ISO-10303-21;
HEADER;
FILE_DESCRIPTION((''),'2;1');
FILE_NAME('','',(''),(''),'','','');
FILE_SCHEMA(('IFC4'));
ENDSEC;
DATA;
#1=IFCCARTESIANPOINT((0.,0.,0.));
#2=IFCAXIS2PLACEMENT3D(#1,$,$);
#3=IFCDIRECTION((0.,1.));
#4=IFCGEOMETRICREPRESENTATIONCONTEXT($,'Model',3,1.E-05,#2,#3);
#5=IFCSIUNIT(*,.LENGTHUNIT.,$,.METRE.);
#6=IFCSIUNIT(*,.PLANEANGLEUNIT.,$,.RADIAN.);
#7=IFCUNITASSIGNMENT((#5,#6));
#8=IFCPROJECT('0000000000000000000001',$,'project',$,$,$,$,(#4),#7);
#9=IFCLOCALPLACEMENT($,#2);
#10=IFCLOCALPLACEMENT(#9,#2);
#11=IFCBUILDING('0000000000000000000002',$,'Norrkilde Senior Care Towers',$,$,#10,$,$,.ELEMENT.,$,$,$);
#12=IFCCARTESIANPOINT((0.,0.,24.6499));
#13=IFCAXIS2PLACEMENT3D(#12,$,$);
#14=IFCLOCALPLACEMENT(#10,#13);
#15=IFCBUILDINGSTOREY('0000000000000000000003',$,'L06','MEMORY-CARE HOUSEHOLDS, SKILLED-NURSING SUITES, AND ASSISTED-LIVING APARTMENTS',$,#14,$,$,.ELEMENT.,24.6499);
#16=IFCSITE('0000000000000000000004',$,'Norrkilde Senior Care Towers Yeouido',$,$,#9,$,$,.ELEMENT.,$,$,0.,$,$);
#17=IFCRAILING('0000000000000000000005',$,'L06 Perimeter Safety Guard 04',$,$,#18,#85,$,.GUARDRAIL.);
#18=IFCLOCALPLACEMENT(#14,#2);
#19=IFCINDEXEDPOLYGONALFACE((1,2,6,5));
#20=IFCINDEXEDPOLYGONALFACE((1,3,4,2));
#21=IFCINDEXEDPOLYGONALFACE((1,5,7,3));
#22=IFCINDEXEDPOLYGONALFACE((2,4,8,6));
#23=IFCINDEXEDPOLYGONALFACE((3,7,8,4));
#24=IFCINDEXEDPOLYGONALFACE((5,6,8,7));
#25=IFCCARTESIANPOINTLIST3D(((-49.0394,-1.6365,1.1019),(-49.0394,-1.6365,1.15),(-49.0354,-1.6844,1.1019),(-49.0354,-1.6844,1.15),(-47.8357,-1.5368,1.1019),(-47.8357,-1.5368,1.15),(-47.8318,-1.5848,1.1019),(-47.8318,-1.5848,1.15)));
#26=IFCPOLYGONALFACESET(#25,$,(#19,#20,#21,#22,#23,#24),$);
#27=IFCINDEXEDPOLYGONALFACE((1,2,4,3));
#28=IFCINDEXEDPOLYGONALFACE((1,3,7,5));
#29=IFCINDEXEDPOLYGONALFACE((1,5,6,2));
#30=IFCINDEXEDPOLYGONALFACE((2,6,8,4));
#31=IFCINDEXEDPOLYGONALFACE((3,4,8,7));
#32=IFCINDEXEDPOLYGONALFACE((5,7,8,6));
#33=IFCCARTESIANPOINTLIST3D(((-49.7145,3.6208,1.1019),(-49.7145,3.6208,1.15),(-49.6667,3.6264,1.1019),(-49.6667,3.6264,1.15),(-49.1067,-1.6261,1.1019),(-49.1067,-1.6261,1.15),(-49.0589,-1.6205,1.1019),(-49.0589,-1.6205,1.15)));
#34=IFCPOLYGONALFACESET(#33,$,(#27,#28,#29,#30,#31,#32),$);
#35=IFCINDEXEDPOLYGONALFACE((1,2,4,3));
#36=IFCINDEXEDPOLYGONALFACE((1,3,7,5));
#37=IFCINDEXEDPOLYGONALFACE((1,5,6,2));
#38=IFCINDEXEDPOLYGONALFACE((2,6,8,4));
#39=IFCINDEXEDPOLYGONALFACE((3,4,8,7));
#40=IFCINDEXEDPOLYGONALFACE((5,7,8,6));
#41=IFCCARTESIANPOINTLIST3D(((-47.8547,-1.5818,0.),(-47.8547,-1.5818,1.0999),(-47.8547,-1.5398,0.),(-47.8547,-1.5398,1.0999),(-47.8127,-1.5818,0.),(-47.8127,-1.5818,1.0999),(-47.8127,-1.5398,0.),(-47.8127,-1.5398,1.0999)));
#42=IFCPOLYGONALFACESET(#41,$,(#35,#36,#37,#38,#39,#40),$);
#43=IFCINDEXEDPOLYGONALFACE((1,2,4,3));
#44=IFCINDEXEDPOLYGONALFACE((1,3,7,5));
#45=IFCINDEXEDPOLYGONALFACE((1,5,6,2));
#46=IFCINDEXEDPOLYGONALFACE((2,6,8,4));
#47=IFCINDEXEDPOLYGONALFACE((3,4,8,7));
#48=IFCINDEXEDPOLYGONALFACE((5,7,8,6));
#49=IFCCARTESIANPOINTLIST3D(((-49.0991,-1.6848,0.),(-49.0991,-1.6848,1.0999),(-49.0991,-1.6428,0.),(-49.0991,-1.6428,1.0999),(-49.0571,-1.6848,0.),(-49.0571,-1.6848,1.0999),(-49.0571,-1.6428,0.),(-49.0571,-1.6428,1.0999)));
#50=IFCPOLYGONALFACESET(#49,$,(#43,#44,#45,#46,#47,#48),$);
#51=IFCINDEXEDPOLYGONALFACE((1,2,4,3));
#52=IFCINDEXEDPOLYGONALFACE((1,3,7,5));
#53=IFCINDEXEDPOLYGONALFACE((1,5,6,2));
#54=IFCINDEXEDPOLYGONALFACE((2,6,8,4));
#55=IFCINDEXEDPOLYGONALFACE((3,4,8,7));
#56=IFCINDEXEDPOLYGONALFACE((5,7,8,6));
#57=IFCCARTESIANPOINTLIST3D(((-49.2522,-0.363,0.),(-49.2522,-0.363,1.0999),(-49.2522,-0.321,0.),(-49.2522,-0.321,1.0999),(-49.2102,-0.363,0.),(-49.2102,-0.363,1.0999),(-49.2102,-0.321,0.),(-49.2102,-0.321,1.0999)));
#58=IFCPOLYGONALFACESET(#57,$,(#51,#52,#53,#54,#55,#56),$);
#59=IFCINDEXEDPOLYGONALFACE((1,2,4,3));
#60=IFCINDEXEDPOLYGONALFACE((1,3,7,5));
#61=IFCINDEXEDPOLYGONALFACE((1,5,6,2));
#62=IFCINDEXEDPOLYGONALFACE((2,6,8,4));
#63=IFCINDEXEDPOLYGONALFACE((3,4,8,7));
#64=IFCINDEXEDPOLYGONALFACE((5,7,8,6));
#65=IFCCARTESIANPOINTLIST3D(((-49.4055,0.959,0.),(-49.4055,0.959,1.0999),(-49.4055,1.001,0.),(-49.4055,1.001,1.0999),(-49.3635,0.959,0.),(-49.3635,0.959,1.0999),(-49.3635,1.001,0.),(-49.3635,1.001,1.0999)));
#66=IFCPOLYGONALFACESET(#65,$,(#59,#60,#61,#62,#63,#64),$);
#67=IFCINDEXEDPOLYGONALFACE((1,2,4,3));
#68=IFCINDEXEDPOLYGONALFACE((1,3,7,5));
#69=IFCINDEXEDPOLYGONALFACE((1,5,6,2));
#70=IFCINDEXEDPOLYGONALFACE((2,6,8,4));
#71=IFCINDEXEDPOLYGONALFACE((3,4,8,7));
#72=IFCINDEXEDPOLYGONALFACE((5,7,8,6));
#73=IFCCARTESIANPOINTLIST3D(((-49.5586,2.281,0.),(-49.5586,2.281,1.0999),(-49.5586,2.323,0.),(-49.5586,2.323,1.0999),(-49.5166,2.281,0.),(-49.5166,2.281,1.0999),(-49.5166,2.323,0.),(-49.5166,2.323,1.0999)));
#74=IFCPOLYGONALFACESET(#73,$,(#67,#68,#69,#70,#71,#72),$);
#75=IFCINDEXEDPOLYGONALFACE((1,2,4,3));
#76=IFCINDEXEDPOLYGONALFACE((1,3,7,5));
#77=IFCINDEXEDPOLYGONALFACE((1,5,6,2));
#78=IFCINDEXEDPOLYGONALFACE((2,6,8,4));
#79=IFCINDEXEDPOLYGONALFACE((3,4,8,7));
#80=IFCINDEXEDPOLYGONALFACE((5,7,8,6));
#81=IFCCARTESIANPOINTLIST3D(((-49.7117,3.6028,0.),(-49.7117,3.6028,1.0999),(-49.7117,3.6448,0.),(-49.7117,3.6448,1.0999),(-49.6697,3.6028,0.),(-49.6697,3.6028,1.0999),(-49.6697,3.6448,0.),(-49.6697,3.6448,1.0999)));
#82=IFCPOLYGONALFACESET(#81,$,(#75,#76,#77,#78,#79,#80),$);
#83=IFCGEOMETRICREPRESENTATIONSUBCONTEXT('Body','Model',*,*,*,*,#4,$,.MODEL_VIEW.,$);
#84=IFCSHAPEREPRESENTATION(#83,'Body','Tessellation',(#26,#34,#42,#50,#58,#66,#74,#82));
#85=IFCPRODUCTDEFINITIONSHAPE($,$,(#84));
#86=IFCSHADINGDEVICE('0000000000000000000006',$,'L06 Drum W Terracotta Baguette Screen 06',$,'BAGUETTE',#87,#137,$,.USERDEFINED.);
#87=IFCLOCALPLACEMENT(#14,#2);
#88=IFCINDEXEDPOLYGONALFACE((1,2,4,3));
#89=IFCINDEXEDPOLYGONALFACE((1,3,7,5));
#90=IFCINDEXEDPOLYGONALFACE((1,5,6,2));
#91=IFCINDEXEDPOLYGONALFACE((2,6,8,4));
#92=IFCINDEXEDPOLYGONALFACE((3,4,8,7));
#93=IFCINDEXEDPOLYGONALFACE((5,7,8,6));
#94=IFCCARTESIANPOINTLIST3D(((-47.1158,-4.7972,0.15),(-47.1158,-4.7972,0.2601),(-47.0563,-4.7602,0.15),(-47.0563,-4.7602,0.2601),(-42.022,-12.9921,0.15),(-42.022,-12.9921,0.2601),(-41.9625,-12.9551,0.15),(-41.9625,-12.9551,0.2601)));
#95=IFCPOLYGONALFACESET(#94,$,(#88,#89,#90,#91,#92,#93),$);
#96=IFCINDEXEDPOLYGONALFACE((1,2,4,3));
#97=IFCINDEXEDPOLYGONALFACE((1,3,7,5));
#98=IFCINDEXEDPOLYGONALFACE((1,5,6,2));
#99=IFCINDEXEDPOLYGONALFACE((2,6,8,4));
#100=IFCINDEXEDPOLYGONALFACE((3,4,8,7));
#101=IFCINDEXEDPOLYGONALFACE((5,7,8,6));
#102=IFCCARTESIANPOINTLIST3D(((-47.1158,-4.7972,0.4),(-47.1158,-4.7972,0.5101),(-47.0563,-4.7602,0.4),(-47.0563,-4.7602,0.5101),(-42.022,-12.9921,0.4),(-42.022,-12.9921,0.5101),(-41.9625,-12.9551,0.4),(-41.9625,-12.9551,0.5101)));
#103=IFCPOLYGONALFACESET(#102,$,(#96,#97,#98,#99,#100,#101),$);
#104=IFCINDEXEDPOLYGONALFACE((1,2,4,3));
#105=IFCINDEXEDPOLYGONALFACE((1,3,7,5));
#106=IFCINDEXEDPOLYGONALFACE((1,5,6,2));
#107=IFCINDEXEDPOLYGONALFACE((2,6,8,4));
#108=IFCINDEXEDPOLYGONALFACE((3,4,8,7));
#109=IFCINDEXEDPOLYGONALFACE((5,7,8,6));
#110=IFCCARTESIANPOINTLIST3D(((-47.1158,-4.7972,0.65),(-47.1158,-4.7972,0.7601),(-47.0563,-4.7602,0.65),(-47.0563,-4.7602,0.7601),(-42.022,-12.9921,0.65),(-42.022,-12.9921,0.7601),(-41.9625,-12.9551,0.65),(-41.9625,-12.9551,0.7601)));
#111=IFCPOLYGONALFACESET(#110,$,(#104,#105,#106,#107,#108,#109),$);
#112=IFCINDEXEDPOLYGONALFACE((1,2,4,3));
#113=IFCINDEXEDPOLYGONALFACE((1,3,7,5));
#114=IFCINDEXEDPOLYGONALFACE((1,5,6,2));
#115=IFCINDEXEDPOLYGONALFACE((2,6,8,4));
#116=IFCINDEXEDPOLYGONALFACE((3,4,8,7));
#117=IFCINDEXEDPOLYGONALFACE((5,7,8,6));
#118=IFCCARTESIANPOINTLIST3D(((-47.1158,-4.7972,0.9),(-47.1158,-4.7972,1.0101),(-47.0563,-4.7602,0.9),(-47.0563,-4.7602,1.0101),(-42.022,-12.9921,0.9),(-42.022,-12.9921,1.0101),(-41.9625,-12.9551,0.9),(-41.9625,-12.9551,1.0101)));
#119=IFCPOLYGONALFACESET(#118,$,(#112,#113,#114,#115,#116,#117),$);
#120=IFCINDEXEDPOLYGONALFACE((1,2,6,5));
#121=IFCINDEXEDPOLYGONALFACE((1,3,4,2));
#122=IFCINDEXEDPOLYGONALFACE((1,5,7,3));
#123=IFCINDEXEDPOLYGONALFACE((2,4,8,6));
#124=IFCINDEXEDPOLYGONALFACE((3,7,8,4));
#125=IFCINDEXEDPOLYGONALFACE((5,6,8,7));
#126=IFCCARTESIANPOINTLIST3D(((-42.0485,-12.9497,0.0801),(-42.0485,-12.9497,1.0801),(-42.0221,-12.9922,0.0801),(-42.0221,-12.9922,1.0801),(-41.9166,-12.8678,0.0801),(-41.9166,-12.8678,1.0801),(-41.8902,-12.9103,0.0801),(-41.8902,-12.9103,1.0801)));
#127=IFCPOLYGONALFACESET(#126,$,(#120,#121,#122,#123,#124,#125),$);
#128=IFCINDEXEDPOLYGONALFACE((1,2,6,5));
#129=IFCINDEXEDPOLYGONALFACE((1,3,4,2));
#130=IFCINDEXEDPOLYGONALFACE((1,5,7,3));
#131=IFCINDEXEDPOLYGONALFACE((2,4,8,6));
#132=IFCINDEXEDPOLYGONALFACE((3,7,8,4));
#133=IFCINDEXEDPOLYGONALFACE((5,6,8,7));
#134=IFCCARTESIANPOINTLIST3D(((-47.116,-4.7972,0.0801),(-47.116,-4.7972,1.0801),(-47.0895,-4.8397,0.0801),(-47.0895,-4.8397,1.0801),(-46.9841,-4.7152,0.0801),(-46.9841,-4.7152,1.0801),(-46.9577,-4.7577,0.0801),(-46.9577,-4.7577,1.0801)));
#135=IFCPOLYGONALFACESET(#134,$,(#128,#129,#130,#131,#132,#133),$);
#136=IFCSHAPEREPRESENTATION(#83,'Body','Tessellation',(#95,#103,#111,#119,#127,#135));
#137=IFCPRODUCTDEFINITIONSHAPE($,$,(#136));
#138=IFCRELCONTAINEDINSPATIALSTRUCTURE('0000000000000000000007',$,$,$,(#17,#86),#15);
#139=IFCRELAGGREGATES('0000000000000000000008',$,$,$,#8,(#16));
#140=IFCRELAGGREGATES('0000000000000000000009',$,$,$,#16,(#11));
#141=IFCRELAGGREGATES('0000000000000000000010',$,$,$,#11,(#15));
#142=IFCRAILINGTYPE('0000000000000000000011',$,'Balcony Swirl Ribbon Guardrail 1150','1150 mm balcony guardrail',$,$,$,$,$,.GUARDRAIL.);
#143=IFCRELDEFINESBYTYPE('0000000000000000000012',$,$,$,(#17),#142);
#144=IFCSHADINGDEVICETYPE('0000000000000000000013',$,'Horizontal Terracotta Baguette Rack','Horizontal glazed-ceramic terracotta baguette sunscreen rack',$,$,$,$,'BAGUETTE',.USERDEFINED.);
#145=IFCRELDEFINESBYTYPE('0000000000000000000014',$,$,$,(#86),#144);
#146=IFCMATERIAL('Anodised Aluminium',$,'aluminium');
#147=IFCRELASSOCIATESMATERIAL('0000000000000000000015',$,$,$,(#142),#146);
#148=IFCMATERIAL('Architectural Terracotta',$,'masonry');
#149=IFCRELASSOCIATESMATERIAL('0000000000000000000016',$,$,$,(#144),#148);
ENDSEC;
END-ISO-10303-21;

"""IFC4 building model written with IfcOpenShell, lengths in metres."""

from ifc_helpers import new_model, si_unit, direction, frame, origin, origin_2d, place, context, subcontext, project, spatial, rectangle, extrude, source, transform, mapped, material, type_object, type_shapes, element, save


model = new_model("IFC4")

# Units and contexts
model_context = context("Model", 3, precision=1e-05, world=origin(), true_north=direction((0.0, 1.0)))
body_context = subcontext(model_context, "Body", "Model", "MODEL_VIEW")
ifc_project = project(units=[si_unit("LENGTHUNIT", "METRE"), si_unit("PLANEANGLEUNIT", "RADIAN")], contexts=[model_context])

# Site, building, storey
site_placement = place(None, origin())
site = spatial("IfcSite", under=ifc_project, at=site_placement, Name="Norrkilde Senior Care Towers Yeouido", CompositionType="ELEMENT", RefElevation=0.0)
building_placement = place(site_placement, origin())
building = spatial("IfcBuilding", under=site, at=building_placement, Name="Norrkilde Senior Care Towers", CompositionType="ELEMENT")
storey_placement = place(building_placement, frame((0.0, 0.0, 24.6499)))
storey = spatial("IfcBuildingStorey", under=building, at=storey_placement, Name="L06", Description="MEMORY-CARE HOUSEHOLDS, SKILLED-NURSING SUITES, AND ASSISTED-LIVING APARTMENTS", CompositionType="ELEMENT", Elevation=24.6499)

# Shared definitions
ifc_material_1 = material(Name="Anodised Aluminium", Category="aluminium")

# Railing
railing_type = type_object("IfcRailingType", Name="Balcony Swirl Ribbon Guardrail 1150", Description="1150 mm balcony guardrail", PredefinedType="GUARDRAIL", material=ifc_material_1)
railing_placement = place(storey_placement, frame((-47.8337, -1.5608, 0.0)))
element("IfcRailing", 1, at=railing_placement, inside=storey, type_object=railing_type, Name="L06 Perimeter Safety Guard 04", PredefinedType="GUARDRAIL", context=body_context, shape_type="SweptSolid", body=[
    extrude(rectangle(XDim=0.0481, YDim=0.0481, at=origin_2d()), frame((0.0, 0.0, 1.126), z_axis=(-0.99659, -0.082511, 0.0), x_axis=(0.082511, -0.99659, 0.0)), (0.0, 0.0, 1.0), 1.2078),
    extrude(rectangle(XDim=0.0481, YDim=0.0481, at=origin_2d()), frame((-1.249, -0.0625, 1.126), z_axis=(-0.115077, 0.993357, 0.0), x_axis=(-0.993357, -0.115077, 0.0)), (0.0, 0.0, 1.0), 5.282),
    extrude(rectangle(XDim=0.042, YDim=0.042, at=origin_2d()), origin(), (0.0, 0.0, 1.0), 1.0999),
    extrude(rectangle(XDim=0.042, YDim=0.042, at=origin_2d()), frame((-1.2444, -0.103, 0.0)), (0.0, 0.0, 1.0), 1.0999),
    extrude(rectangle(XDim=0.042, YDim=0.042, at=origin_2d()), frame((-1.3975, 1.2188, 0.0)), (0.0, 0.0, 1.0), 1.0999),
    extrude(rectangle(XDim=0.042, YDim=0.042, at=origin_2d()), frame((-1.5508, 2.5408, 0.0)), (0.0, 0.0, 1.0), 1.0999),
    extrude(rectangle(XDim=0.042, YDim=0.042, at=origin_2d()), frame((-1.7039, 3.8628, 0.0)), (0.0, 0.0, 1.0), 1.0999),
    extrude(rectangle(XDim=0.042, YDim=0.042, at=origin_2d()), frame((-1.8569, 5.1846, 0.0)), (0.0, 0.0, 1.0), 1.0999),
])

# Shading device
ifc_material_2 = material(Name="Architectural Terracotta", Category="masonry")
shading_device_type = type_object("IfcShadingDeviceType", Name="Horizontal Terracotta Baguette Rack", Description="Horizontal glazed-ceramic terracotta baguette sunscreen rack", ElementType="BAGUETTE", PredefinedType="USERDEFINED", material=ifc_material_2)
shared_shape_1 = source(origin(), body_context, "Body", "SweptSolid", [
    extrude(rectangle(XDim=0.0701, YDim=0.1101, at=origin_2d()), frame((0.0, 0.0901, 0.125), z_axis=(1.0, 0.0, 0.0), x_axis=(0.0, 1.0, 0.0)), (0.0, 0.0, 1.0), 9.6489),
    extrude(rectangle(XDim=0.0701, YDim=0.1101, at=origin_2d()), frame((0.0, 0.0901, 0.375), z_axis=(1.0, 0.0, 0.0), x_axis=(0.0, 1.0, 0.0)), (0.0, 0.0, 1.0), 9.6489),
    extrude(rectangle(XDim=0.0701, YDim=0.1101, at=origin_2d()), frame((0.0, 0.0901, 0.625), z_axis=(1.0, 0.0, 0.0), x_axis=(0.0, 1.0, 0.0)), (0.0, 0.0, 1.0), 9.6489),
    extrude(rectangle(XDim=0.0701, YDim=0.1101, at=origin_2d()), frame((0.0, 0.0901, 0.875), z_axis=(1.0, 0.0, 0.0), x_axis=(0.0, 1.0, 0.0)), (0.0, 0.0, 1.0), 9.6489),
    extrude(rectangle(XDim=0.05, YDim=0.1553, at=origin_2d()), frame((0.0249, 0.0476, 0.0)), (0.0, 0.0, 1.0), 1.0),
    extrude(rectangle(XDim=0.05, YDim=0.1553, at=origin_2d()), frame((9.624, 0.0476, 0.0)), (0.0, 0.0, 1.0), 1.0),
])
type_shapes(shading_device_type, [shared_shape_1])
shading_device_placement = place(storey_placement, frame((-41.9158, -12.926, 0.0801), z_axis=(0.0, 0.0, 1.0), x_axis=(-0.527909, 0.849299, 0.0)))
element("IfcShadingDevice", 2, at=shading_device_placement, inside=storey, type_object=shading_device_type, Name="L06 Drum W Terracotta Baguette Screen 06", ObjectType="BAGUETTE", PredefinedType="USERDEFINED", context=body_context, shape_type="MappedRepresentation", body=[
    mapped(shared_shape_1, transform((0.0, 0.0, 0.0), x_axis=(1.0, 0.0, 0.0), y_axis=(0.0, 1.0, 0.0), z_axis=(0.0, 0.0, 1.0), scale=1.0)),
])

save(model, "model.ifc")
